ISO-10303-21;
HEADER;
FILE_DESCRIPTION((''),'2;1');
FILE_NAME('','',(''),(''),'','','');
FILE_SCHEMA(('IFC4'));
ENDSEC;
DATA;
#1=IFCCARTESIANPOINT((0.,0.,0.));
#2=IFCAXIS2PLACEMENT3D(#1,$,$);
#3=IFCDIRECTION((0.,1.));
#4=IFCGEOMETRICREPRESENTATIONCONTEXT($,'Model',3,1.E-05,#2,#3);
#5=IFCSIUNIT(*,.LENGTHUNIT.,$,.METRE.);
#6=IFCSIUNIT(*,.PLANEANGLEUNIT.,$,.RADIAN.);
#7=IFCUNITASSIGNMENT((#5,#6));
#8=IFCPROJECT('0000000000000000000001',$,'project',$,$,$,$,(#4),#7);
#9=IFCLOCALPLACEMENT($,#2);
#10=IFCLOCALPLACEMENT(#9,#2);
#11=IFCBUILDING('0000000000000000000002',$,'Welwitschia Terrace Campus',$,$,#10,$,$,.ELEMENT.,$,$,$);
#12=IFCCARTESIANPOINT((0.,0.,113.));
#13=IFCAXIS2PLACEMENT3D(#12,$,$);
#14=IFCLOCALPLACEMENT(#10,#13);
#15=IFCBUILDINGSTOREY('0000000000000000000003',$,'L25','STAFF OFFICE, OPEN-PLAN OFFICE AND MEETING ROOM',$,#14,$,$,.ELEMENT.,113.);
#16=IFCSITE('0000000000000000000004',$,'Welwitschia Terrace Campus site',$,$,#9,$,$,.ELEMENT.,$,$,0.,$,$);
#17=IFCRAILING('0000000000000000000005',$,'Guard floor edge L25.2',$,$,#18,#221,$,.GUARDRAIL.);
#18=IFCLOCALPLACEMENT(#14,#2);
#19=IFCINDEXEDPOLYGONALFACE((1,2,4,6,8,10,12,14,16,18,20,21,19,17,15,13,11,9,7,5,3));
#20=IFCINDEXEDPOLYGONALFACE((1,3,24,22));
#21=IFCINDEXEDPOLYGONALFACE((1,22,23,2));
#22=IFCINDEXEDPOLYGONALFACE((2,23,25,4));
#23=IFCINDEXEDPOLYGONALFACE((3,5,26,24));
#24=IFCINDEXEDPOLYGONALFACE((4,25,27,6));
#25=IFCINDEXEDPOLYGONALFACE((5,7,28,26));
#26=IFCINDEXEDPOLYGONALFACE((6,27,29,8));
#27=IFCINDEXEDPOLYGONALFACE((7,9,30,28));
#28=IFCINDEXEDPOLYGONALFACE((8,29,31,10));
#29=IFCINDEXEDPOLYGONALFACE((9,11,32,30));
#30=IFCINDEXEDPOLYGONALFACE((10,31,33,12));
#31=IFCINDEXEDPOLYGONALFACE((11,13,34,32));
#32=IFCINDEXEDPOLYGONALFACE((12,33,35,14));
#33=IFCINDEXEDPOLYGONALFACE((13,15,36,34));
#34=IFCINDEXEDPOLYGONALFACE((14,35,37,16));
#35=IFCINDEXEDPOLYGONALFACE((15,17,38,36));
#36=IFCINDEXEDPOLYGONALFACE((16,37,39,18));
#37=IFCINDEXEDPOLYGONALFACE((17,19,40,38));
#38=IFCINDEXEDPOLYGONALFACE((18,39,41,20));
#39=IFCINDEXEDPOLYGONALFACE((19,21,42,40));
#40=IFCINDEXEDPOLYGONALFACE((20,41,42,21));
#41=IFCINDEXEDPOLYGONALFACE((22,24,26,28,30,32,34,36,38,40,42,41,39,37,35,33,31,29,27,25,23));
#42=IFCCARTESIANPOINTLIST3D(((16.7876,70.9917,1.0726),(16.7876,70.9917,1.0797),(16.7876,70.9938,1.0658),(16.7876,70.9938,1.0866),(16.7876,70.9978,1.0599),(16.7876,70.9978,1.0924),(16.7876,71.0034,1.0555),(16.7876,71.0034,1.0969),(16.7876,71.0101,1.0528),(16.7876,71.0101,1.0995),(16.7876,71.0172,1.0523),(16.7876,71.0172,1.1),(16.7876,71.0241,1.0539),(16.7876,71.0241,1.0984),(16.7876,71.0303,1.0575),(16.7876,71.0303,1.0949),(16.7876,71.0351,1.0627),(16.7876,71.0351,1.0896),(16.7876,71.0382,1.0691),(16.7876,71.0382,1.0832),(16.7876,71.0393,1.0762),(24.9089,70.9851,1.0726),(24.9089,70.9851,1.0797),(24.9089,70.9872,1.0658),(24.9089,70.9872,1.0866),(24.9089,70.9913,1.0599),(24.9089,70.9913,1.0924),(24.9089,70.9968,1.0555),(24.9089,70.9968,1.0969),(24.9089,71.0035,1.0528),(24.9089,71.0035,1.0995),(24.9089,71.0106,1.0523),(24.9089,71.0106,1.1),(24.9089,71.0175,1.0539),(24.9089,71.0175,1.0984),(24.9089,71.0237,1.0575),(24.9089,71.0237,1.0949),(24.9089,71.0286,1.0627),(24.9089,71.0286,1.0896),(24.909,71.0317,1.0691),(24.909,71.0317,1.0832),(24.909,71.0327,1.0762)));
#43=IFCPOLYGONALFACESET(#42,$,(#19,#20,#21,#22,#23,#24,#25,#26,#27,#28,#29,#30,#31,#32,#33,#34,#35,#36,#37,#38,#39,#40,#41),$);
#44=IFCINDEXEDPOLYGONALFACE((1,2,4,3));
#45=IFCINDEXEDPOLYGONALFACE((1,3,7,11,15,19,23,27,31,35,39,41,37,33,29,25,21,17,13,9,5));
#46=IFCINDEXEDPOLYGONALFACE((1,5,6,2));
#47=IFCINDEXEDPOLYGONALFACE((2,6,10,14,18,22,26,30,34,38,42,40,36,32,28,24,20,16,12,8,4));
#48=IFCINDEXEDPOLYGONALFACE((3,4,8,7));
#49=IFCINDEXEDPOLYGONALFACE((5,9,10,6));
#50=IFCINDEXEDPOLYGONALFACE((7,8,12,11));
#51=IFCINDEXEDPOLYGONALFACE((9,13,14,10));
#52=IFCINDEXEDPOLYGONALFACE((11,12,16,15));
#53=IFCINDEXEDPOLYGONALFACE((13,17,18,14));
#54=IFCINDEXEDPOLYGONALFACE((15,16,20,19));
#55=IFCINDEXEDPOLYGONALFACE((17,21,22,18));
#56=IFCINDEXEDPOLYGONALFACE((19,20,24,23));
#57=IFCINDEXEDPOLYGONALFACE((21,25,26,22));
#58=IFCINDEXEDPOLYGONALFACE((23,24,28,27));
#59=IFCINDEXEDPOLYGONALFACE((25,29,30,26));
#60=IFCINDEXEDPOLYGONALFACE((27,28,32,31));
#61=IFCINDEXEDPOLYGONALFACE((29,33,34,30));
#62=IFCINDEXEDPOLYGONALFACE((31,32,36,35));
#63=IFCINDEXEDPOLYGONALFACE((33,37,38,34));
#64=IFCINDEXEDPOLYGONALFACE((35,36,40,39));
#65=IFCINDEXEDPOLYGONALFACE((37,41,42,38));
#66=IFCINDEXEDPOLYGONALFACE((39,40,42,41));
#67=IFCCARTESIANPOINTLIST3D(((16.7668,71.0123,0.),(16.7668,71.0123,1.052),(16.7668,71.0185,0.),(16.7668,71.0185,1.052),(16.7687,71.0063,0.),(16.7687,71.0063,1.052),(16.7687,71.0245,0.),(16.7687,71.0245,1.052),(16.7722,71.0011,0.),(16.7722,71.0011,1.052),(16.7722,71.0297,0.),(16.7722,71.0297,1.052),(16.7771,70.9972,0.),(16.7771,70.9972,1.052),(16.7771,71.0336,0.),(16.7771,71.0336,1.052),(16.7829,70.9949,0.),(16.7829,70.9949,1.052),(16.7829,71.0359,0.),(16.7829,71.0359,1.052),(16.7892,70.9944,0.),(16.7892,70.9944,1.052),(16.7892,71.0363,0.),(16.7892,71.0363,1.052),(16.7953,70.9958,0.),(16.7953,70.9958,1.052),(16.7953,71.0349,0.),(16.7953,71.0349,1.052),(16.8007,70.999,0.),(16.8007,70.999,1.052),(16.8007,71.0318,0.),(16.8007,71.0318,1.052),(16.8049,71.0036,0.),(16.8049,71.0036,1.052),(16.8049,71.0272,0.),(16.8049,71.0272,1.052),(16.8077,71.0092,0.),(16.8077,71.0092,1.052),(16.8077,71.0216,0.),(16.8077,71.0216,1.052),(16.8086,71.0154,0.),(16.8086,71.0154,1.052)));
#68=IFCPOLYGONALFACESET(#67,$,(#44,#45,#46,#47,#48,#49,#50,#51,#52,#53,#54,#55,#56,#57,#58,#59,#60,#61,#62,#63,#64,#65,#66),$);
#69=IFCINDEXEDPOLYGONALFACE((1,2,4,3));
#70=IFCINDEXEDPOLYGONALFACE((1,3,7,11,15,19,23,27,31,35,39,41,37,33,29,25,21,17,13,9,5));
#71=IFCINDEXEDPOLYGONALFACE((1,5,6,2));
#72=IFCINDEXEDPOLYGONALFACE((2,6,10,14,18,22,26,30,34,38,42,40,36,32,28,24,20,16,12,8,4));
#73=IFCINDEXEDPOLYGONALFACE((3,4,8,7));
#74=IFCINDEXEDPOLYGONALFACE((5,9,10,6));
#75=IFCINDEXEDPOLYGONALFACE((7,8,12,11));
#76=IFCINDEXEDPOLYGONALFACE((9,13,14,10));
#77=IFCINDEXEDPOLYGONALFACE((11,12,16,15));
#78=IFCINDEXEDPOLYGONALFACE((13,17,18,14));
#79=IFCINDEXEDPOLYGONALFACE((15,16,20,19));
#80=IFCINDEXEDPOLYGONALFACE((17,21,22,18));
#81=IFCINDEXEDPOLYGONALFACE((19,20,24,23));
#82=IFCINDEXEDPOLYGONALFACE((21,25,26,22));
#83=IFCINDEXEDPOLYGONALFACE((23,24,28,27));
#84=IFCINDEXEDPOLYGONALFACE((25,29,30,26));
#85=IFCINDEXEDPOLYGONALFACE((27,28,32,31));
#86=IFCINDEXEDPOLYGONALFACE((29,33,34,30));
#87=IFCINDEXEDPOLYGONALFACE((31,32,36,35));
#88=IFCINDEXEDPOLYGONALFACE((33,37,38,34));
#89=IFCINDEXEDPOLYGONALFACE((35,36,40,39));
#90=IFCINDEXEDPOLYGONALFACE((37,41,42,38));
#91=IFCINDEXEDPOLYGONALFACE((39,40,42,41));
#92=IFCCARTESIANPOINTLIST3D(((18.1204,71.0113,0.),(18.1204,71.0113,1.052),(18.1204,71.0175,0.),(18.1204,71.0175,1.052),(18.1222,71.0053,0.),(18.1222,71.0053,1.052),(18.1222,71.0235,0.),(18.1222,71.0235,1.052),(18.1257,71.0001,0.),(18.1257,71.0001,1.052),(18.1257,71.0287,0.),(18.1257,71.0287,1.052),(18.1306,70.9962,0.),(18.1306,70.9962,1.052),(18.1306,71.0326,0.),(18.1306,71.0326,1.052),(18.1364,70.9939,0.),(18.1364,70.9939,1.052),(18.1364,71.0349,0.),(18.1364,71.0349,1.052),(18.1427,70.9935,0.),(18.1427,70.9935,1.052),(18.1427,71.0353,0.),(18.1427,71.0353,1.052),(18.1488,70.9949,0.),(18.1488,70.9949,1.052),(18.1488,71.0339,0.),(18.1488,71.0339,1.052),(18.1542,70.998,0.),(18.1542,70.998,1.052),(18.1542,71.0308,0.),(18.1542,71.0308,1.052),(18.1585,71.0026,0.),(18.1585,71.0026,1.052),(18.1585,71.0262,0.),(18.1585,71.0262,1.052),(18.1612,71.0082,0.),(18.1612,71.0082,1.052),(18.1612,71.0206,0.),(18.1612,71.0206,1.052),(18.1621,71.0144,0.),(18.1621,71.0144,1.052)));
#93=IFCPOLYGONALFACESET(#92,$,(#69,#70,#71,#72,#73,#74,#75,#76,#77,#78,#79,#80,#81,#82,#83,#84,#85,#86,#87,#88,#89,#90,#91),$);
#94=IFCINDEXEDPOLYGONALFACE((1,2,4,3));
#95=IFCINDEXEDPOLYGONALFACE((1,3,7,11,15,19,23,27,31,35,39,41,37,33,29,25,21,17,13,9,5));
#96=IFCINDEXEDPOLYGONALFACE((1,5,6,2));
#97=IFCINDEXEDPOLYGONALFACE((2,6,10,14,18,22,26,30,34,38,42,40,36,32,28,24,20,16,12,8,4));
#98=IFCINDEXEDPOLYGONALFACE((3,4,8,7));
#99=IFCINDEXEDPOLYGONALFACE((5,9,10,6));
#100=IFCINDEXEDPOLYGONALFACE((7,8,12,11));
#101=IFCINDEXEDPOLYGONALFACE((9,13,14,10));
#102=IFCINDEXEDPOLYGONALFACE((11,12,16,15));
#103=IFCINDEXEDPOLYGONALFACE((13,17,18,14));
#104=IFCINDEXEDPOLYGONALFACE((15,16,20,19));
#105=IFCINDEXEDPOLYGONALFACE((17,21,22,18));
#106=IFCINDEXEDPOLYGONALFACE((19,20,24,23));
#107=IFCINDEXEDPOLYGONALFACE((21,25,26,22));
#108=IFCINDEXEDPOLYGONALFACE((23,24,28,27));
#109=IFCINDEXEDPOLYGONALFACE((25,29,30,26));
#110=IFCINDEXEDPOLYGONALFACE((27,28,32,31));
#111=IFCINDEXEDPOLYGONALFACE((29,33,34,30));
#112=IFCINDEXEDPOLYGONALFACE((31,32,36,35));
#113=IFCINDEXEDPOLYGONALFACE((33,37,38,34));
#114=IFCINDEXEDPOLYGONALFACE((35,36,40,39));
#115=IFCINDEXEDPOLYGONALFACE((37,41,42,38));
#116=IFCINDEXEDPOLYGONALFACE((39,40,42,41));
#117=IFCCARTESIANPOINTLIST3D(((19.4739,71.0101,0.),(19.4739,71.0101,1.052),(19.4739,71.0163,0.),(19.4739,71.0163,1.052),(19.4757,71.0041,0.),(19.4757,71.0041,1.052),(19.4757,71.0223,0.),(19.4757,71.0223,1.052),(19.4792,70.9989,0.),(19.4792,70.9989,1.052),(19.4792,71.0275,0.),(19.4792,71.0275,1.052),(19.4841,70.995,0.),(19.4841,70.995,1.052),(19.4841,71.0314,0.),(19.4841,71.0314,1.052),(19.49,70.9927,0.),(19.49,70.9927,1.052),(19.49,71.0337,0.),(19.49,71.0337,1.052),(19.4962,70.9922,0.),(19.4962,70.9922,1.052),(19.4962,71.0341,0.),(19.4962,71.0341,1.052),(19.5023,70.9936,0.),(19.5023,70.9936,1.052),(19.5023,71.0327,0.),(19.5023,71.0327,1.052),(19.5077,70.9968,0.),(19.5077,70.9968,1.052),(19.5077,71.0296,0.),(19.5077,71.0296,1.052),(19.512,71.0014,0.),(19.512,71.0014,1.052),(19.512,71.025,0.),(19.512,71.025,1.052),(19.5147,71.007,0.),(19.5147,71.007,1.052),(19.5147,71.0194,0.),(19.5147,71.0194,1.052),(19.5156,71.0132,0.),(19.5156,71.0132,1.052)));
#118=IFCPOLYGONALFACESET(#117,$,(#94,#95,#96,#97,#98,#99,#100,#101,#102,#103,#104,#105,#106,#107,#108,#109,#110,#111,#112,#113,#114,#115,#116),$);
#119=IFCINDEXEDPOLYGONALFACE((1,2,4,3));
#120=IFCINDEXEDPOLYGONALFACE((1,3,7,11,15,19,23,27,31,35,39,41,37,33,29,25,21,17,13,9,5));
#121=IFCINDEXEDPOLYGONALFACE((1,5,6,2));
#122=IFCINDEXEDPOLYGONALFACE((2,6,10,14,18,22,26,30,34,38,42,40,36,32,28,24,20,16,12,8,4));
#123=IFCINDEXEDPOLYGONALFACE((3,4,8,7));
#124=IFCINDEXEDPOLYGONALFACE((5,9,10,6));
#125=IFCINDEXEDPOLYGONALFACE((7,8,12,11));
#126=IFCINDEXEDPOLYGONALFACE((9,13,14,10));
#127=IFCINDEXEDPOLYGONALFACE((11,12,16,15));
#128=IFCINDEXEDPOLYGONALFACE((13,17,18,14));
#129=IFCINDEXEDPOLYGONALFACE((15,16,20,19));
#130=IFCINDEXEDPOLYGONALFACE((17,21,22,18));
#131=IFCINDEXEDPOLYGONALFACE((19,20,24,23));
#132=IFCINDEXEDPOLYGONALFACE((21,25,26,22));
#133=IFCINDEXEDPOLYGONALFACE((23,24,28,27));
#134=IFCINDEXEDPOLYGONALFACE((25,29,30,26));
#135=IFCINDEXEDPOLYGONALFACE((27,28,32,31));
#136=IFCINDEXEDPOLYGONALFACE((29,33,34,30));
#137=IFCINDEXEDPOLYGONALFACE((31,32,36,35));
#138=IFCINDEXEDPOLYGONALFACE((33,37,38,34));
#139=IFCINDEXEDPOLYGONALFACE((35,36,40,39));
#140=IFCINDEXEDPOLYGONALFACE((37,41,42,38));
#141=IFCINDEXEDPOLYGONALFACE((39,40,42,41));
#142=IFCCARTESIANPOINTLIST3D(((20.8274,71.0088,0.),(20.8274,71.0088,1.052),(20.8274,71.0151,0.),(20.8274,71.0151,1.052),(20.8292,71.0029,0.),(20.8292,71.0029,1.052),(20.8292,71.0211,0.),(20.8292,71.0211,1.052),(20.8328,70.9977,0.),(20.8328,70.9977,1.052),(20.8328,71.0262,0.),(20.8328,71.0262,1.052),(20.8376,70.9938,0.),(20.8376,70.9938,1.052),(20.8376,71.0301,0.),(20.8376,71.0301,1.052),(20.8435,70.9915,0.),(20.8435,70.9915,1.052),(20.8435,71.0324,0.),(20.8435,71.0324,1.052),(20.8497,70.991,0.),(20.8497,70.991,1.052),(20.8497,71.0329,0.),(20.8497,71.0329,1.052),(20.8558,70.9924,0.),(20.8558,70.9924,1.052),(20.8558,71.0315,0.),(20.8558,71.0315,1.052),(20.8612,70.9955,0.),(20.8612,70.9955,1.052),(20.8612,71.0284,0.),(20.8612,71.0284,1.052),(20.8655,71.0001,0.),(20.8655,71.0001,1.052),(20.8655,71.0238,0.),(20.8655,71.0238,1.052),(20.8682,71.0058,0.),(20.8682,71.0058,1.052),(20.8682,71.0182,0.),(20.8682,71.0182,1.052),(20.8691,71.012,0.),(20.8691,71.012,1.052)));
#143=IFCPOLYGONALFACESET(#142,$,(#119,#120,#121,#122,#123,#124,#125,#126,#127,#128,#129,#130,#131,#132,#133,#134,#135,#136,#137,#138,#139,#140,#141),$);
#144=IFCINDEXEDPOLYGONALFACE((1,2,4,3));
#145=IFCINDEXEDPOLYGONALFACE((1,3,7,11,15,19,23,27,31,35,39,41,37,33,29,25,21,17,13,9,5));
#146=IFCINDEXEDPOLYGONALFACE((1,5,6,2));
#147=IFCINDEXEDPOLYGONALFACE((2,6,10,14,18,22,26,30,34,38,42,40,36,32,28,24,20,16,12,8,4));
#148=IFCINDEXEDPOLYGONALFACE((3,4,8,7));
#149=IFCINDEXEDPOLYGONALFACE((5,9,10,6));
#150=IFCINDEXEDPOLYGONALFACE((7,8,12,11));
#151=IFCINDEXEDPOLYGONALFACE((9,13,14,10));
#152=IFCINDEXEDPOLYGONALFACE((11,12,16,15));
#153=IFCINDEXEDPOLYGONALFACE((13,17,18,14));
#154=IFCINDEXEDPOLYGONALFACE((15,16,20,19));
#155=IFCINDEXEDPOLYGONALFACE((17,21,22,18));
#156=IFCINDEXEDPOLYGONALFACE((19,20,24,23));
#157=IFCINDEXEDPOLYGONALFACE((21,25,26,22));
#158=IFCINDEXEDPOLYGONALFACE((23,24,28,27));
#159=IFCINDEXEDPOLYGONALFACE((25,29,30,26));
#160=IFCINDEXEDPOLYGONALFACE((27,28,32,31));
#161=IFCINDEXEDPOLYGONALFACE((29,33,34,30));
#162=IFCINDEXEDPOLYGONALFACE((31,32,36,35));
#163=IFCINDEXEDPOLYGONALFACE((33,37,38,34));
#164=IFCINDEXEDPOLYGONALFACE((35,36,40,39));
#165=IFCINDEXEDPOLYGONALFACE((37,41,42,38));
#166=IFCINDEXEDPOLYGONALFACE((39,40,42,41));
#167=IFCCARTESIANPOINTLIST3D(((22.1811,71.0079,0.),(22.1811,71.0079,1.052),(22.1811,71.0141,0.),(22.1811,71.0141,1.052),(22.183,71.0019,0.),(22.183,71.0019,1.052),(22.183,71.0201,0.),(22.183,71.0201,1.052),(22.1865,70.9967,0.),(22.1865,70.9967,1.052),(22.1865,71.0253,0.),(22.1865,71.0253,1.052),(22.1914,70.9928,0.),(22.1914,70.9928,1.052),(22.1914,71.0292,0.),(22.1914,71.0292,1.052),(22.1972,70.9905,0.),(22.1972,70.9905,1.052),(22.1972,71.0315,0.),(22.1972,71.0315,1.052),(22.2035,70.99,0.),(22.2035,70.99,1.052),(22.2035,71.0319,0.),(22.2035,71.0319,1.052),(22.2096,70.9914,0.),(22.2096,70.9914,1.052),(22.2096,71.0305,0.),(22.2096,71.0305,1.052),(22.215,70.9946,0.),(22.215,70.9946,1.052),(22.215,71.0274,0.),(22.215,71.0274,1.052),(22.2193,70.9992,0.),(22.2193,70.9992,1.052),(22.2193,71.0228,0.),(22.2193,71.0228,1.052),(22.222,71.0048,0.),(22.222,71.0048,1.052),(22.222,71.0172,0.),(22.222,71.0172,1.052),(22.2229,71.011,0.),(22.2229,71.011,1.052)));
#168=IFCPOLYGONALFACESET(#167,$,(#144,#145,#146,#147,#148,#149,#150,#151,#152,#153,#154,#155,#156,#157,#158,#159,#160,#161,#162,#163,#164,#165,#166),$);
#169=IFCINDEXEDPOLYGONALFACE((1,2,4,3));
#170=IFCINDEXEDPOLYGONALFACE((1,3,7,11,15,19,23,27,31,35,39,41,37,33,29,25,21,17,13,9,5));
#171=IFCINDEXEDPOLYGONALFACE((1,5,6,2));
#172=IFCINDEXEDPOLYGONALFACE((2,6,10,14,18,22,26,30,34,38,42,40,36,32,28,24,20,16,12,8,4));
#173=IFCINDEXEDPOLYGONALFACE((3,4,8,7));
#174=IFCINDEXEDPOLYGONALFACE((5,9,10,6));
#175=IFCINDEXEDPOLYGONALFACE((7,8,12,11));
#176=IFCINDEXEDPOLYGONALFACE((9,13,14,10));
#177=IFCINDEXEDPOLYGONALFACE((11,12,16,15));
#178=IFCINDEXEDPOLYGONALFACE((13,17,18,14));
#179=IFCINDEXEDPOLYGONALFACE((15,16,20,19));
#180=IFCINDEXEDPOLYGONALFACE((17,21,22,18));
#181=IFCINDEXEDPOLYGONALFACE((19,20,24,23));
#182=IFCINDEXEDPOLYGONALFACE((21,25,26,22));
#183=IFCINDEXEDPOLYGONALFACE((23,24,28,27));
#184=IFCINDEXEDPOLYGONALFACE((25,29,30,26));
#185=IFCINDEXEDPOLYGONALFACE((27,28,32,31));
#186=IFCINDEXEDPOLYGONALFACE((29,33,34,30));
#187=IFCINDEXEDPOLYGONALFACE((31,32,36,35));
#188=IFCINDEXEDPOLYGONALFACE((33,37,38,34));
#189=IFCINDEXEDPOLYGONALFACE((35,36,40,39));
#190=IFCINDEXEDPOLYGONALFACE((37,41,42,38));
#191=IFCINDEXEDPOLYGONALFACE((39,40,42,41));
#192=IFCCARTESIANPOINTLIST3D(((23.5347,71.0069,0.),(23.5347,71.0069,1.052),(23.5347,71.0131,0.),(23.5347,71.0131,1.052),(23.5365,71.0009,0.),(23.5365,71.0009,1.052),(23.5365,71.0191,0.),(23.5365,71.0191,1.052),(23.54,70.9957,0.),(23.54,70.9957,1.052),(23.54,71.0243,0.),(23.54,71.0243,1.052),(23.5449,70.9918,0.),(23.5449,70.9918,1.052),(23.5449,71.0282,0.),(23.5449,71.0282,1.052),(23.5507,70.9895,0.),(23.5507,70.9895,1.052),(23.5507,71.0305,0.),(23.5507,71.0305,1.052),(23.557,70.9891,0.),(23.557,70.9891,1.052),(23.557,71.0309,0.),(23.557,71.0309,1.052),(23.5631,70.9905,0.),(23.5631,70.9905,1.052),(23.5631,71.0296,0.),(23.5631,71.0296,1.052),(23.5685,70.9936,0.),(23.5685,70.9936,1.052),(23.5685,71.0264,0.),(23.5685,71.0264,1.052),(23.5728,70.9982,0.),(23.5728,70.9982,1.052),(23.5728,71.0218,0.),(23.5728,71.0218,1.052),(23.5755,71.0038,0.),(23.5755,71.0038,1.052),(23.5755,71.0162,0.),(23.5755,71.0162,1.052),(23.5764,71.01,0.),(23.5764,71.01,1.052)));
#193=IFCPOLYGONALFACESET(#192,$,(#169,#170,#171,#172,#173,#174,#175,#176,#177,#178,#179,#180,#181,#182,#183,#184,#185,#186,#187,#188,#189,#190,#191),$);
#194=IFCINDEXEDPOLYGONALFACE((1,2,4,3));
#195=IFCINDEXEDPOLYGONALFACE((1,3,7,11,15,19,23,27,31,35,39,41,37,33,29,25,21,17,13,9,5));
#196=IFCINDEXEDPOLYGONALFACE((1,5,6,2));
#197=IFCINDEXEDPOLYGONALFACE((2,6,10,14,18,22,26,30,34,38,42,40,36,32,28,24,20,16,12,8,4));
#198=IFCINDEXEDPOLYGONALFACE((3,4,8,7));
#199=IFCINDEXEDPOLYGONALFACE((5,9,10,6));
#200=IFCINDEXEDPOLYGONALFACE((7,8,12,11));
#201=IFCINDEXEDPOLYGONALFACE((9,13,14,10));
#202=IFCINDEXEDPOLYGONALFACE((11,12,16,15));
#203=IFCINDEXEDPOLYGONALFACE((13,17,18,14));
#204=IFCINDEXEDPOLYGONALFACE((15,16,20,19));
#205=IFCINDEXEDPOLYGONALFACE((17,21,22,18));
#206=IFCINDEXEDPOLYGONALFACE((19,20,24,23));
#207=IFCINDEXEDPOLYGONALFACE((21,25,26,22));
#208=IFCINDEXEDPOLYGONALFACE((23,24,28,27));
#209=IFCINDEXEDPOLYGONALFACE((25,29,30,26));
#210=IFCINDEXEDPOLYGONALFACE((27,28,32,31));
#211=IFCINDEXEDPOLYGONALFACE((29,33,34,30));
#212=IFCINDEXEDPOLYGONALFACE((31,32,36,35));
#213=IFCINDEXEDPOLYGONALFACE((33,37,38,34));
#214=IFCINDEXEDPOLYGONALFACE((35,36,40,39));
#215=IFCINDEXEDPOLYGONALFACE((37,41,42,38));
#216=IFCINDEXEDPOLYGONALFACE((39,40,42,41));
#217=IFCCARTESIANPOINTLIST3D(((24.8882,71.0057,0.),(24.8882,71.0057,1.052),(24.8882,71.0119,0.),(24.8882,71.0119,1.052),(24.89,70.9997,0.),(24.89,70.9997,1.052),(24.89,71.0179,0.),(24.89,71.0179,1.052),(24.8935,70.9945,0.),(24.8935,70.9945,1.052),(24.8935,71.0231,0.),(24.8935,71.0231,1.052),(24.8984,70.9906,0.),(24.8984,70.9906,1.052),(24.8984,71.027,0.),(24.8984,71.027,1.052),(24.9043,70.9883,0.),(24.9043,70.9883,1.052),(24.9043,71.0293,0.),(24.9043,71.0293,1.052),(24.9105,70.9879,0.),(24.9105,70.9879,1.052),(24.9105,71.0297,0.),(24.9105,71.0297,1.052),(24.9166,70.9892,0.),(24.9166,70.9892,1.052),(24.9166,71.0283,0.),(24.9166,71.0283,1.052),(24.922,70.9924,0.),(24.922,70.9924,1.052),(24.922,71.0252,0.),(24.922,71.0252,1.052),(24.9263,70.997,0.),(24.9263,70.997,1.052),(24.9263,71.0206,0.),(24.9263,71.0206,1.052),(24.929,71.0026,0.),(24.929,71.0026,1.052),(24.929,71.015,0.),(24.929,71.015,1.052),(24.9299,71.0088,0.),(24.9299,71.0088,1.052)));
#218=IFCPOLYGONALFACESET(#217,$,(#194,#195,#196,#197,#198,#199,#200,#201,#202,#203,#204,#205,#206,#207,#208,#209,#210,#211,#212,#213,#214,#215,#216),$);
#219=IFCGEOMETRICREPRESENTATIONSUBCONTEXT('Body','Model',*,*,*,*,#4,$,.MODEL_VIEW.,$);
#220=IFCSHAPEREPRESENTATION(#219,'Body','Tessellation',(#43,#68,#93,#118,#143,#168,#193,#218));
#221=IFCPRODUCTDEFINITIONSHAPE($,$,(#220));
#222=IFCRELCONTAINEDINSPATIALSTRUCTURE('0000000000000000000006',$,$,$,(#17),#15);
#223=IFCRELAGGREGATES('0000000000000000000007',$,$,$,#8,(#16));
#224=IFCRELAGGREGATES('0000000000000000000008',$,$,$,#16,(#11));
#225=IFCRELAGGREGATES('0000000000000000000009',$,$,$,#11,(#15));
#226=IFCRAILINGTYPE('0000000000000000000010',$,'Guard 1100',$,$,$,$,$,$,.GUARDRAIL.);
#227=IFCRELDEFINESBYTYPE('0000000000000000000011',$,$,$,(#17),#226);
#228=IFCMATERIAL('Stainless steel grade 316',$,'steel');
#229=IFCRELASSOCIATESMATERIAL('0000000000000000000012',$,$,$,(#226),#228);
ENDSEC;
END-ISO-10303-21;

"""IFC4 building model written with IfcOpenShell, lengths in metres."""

from ifc_helpers import new_model, si_unit, direction, frame, origin, origin_2d, place, context, subcontext, project, spatial, circle, extrude, material, type_object, element, save


model = new_model("IFC4")

# Units and contexts
model_context = context("Model", 3, precision=1e-05, world=origin(), true_north=direction((0.0, 1.0)))
body_context = subcontext(model_context, "Body", "Model", "MODEL_VIEW")
ifc_project = project(units=[si_unit("LENGTHUNIT", "METRE"), si_unit("PLANEANGLEUNIT", "RADIAN")], contexts=[model_context])

# Site, building, storey
site_placement = place(None, origin())
site = spatial("IfcSite", under=ifc_project, at=site_placement, Name="Welwitschia Terrace Campus site", CompositionType="ELEMENT", RefElevation=0.0)
building_placement = place(site_placement, origin())
building = spatial("IfcBuilding", under=site, at=building_placement, Name="Welwitschia Terrace Campus", CompositionType="ELEMENT")
storey_placement = place(building_placement, frame((0.0, 0.0, 113.0)))
storey = spatial("IfcBuildingStorey", under=building, at=storey_placement, Name="L25", Description="STAFF OFFICE, OPEN-PLAN OFFICE AND MEETING ROOM", CompositionType="ELEMENT", Elevation=113.0)

# Railing
ifc_material_1 = material(Name="Stainless steel grade 316", Category="steel")
railing_type = type_object("IfcRailingType", Name="Guard 1100", PredefinedType="GUARDRAIL", material=ifc_material_1)
railing_placement = place(storey_placement, frame((16.7876, 71.0154, 0.0)))
element("IfcRailing", 1, at=railing_placement, inside=storey, type_object=railing_type, Name="Guard floor edge L25.2", PredefinedType="GUARDRAIL", context=body_context, shape_type="SweptSolid", body=[
    extrude(circle(Radius=0.0239, at=origin_2d()), frame((0.0, 0.0, 1.0762), z_axis=(1.0, -0.000812, 0.0), x_axis=(0.000812, 1.0, 0.0)), (0.0, 0.0, 1.0), 8.1213),
    extrude(circle(Radius=0.021, at=origin_2d()), origin(), (0.0, 0.0, 1.0), 1.052),
    extrude(circle(Radius=0.021, at=origin_2d()), frame((1.3535, -0.001, 0.0)), (0.0, 0.0, 1.0), 1.052),
    extrude(circle(Radius=0.021, at=origin_2d()), frame((2.707, -0.0022, 0.0)), (0.0, 0.0, 1.0), 1.052),
    extrude(circle(Radius=0.021, at=origin_2d()), frame((4.0605, -0.0034, 0.0)), (0.0, 0.0, 1.0), 1.052),
    extrude(circle(Radius=0.021, at=origin_2d()), frame((5.4143, -0.0044, 0.0)), (0.0, 0.0, 1.0), 1.052),
    extrude(circle(Radius=0.021, at=origin_2d()), frame((6.7678, -0.0054, 0.0)), (0.0, 0.0, 1.0), 1.052),
    extrude(circle(Radius=0.021, at=origin_2d()), frame((8.1213, -0.0066, 0.0)), (0.0, 0.0, 1.0), 1.052),
])

save(model, "model.ifc")
